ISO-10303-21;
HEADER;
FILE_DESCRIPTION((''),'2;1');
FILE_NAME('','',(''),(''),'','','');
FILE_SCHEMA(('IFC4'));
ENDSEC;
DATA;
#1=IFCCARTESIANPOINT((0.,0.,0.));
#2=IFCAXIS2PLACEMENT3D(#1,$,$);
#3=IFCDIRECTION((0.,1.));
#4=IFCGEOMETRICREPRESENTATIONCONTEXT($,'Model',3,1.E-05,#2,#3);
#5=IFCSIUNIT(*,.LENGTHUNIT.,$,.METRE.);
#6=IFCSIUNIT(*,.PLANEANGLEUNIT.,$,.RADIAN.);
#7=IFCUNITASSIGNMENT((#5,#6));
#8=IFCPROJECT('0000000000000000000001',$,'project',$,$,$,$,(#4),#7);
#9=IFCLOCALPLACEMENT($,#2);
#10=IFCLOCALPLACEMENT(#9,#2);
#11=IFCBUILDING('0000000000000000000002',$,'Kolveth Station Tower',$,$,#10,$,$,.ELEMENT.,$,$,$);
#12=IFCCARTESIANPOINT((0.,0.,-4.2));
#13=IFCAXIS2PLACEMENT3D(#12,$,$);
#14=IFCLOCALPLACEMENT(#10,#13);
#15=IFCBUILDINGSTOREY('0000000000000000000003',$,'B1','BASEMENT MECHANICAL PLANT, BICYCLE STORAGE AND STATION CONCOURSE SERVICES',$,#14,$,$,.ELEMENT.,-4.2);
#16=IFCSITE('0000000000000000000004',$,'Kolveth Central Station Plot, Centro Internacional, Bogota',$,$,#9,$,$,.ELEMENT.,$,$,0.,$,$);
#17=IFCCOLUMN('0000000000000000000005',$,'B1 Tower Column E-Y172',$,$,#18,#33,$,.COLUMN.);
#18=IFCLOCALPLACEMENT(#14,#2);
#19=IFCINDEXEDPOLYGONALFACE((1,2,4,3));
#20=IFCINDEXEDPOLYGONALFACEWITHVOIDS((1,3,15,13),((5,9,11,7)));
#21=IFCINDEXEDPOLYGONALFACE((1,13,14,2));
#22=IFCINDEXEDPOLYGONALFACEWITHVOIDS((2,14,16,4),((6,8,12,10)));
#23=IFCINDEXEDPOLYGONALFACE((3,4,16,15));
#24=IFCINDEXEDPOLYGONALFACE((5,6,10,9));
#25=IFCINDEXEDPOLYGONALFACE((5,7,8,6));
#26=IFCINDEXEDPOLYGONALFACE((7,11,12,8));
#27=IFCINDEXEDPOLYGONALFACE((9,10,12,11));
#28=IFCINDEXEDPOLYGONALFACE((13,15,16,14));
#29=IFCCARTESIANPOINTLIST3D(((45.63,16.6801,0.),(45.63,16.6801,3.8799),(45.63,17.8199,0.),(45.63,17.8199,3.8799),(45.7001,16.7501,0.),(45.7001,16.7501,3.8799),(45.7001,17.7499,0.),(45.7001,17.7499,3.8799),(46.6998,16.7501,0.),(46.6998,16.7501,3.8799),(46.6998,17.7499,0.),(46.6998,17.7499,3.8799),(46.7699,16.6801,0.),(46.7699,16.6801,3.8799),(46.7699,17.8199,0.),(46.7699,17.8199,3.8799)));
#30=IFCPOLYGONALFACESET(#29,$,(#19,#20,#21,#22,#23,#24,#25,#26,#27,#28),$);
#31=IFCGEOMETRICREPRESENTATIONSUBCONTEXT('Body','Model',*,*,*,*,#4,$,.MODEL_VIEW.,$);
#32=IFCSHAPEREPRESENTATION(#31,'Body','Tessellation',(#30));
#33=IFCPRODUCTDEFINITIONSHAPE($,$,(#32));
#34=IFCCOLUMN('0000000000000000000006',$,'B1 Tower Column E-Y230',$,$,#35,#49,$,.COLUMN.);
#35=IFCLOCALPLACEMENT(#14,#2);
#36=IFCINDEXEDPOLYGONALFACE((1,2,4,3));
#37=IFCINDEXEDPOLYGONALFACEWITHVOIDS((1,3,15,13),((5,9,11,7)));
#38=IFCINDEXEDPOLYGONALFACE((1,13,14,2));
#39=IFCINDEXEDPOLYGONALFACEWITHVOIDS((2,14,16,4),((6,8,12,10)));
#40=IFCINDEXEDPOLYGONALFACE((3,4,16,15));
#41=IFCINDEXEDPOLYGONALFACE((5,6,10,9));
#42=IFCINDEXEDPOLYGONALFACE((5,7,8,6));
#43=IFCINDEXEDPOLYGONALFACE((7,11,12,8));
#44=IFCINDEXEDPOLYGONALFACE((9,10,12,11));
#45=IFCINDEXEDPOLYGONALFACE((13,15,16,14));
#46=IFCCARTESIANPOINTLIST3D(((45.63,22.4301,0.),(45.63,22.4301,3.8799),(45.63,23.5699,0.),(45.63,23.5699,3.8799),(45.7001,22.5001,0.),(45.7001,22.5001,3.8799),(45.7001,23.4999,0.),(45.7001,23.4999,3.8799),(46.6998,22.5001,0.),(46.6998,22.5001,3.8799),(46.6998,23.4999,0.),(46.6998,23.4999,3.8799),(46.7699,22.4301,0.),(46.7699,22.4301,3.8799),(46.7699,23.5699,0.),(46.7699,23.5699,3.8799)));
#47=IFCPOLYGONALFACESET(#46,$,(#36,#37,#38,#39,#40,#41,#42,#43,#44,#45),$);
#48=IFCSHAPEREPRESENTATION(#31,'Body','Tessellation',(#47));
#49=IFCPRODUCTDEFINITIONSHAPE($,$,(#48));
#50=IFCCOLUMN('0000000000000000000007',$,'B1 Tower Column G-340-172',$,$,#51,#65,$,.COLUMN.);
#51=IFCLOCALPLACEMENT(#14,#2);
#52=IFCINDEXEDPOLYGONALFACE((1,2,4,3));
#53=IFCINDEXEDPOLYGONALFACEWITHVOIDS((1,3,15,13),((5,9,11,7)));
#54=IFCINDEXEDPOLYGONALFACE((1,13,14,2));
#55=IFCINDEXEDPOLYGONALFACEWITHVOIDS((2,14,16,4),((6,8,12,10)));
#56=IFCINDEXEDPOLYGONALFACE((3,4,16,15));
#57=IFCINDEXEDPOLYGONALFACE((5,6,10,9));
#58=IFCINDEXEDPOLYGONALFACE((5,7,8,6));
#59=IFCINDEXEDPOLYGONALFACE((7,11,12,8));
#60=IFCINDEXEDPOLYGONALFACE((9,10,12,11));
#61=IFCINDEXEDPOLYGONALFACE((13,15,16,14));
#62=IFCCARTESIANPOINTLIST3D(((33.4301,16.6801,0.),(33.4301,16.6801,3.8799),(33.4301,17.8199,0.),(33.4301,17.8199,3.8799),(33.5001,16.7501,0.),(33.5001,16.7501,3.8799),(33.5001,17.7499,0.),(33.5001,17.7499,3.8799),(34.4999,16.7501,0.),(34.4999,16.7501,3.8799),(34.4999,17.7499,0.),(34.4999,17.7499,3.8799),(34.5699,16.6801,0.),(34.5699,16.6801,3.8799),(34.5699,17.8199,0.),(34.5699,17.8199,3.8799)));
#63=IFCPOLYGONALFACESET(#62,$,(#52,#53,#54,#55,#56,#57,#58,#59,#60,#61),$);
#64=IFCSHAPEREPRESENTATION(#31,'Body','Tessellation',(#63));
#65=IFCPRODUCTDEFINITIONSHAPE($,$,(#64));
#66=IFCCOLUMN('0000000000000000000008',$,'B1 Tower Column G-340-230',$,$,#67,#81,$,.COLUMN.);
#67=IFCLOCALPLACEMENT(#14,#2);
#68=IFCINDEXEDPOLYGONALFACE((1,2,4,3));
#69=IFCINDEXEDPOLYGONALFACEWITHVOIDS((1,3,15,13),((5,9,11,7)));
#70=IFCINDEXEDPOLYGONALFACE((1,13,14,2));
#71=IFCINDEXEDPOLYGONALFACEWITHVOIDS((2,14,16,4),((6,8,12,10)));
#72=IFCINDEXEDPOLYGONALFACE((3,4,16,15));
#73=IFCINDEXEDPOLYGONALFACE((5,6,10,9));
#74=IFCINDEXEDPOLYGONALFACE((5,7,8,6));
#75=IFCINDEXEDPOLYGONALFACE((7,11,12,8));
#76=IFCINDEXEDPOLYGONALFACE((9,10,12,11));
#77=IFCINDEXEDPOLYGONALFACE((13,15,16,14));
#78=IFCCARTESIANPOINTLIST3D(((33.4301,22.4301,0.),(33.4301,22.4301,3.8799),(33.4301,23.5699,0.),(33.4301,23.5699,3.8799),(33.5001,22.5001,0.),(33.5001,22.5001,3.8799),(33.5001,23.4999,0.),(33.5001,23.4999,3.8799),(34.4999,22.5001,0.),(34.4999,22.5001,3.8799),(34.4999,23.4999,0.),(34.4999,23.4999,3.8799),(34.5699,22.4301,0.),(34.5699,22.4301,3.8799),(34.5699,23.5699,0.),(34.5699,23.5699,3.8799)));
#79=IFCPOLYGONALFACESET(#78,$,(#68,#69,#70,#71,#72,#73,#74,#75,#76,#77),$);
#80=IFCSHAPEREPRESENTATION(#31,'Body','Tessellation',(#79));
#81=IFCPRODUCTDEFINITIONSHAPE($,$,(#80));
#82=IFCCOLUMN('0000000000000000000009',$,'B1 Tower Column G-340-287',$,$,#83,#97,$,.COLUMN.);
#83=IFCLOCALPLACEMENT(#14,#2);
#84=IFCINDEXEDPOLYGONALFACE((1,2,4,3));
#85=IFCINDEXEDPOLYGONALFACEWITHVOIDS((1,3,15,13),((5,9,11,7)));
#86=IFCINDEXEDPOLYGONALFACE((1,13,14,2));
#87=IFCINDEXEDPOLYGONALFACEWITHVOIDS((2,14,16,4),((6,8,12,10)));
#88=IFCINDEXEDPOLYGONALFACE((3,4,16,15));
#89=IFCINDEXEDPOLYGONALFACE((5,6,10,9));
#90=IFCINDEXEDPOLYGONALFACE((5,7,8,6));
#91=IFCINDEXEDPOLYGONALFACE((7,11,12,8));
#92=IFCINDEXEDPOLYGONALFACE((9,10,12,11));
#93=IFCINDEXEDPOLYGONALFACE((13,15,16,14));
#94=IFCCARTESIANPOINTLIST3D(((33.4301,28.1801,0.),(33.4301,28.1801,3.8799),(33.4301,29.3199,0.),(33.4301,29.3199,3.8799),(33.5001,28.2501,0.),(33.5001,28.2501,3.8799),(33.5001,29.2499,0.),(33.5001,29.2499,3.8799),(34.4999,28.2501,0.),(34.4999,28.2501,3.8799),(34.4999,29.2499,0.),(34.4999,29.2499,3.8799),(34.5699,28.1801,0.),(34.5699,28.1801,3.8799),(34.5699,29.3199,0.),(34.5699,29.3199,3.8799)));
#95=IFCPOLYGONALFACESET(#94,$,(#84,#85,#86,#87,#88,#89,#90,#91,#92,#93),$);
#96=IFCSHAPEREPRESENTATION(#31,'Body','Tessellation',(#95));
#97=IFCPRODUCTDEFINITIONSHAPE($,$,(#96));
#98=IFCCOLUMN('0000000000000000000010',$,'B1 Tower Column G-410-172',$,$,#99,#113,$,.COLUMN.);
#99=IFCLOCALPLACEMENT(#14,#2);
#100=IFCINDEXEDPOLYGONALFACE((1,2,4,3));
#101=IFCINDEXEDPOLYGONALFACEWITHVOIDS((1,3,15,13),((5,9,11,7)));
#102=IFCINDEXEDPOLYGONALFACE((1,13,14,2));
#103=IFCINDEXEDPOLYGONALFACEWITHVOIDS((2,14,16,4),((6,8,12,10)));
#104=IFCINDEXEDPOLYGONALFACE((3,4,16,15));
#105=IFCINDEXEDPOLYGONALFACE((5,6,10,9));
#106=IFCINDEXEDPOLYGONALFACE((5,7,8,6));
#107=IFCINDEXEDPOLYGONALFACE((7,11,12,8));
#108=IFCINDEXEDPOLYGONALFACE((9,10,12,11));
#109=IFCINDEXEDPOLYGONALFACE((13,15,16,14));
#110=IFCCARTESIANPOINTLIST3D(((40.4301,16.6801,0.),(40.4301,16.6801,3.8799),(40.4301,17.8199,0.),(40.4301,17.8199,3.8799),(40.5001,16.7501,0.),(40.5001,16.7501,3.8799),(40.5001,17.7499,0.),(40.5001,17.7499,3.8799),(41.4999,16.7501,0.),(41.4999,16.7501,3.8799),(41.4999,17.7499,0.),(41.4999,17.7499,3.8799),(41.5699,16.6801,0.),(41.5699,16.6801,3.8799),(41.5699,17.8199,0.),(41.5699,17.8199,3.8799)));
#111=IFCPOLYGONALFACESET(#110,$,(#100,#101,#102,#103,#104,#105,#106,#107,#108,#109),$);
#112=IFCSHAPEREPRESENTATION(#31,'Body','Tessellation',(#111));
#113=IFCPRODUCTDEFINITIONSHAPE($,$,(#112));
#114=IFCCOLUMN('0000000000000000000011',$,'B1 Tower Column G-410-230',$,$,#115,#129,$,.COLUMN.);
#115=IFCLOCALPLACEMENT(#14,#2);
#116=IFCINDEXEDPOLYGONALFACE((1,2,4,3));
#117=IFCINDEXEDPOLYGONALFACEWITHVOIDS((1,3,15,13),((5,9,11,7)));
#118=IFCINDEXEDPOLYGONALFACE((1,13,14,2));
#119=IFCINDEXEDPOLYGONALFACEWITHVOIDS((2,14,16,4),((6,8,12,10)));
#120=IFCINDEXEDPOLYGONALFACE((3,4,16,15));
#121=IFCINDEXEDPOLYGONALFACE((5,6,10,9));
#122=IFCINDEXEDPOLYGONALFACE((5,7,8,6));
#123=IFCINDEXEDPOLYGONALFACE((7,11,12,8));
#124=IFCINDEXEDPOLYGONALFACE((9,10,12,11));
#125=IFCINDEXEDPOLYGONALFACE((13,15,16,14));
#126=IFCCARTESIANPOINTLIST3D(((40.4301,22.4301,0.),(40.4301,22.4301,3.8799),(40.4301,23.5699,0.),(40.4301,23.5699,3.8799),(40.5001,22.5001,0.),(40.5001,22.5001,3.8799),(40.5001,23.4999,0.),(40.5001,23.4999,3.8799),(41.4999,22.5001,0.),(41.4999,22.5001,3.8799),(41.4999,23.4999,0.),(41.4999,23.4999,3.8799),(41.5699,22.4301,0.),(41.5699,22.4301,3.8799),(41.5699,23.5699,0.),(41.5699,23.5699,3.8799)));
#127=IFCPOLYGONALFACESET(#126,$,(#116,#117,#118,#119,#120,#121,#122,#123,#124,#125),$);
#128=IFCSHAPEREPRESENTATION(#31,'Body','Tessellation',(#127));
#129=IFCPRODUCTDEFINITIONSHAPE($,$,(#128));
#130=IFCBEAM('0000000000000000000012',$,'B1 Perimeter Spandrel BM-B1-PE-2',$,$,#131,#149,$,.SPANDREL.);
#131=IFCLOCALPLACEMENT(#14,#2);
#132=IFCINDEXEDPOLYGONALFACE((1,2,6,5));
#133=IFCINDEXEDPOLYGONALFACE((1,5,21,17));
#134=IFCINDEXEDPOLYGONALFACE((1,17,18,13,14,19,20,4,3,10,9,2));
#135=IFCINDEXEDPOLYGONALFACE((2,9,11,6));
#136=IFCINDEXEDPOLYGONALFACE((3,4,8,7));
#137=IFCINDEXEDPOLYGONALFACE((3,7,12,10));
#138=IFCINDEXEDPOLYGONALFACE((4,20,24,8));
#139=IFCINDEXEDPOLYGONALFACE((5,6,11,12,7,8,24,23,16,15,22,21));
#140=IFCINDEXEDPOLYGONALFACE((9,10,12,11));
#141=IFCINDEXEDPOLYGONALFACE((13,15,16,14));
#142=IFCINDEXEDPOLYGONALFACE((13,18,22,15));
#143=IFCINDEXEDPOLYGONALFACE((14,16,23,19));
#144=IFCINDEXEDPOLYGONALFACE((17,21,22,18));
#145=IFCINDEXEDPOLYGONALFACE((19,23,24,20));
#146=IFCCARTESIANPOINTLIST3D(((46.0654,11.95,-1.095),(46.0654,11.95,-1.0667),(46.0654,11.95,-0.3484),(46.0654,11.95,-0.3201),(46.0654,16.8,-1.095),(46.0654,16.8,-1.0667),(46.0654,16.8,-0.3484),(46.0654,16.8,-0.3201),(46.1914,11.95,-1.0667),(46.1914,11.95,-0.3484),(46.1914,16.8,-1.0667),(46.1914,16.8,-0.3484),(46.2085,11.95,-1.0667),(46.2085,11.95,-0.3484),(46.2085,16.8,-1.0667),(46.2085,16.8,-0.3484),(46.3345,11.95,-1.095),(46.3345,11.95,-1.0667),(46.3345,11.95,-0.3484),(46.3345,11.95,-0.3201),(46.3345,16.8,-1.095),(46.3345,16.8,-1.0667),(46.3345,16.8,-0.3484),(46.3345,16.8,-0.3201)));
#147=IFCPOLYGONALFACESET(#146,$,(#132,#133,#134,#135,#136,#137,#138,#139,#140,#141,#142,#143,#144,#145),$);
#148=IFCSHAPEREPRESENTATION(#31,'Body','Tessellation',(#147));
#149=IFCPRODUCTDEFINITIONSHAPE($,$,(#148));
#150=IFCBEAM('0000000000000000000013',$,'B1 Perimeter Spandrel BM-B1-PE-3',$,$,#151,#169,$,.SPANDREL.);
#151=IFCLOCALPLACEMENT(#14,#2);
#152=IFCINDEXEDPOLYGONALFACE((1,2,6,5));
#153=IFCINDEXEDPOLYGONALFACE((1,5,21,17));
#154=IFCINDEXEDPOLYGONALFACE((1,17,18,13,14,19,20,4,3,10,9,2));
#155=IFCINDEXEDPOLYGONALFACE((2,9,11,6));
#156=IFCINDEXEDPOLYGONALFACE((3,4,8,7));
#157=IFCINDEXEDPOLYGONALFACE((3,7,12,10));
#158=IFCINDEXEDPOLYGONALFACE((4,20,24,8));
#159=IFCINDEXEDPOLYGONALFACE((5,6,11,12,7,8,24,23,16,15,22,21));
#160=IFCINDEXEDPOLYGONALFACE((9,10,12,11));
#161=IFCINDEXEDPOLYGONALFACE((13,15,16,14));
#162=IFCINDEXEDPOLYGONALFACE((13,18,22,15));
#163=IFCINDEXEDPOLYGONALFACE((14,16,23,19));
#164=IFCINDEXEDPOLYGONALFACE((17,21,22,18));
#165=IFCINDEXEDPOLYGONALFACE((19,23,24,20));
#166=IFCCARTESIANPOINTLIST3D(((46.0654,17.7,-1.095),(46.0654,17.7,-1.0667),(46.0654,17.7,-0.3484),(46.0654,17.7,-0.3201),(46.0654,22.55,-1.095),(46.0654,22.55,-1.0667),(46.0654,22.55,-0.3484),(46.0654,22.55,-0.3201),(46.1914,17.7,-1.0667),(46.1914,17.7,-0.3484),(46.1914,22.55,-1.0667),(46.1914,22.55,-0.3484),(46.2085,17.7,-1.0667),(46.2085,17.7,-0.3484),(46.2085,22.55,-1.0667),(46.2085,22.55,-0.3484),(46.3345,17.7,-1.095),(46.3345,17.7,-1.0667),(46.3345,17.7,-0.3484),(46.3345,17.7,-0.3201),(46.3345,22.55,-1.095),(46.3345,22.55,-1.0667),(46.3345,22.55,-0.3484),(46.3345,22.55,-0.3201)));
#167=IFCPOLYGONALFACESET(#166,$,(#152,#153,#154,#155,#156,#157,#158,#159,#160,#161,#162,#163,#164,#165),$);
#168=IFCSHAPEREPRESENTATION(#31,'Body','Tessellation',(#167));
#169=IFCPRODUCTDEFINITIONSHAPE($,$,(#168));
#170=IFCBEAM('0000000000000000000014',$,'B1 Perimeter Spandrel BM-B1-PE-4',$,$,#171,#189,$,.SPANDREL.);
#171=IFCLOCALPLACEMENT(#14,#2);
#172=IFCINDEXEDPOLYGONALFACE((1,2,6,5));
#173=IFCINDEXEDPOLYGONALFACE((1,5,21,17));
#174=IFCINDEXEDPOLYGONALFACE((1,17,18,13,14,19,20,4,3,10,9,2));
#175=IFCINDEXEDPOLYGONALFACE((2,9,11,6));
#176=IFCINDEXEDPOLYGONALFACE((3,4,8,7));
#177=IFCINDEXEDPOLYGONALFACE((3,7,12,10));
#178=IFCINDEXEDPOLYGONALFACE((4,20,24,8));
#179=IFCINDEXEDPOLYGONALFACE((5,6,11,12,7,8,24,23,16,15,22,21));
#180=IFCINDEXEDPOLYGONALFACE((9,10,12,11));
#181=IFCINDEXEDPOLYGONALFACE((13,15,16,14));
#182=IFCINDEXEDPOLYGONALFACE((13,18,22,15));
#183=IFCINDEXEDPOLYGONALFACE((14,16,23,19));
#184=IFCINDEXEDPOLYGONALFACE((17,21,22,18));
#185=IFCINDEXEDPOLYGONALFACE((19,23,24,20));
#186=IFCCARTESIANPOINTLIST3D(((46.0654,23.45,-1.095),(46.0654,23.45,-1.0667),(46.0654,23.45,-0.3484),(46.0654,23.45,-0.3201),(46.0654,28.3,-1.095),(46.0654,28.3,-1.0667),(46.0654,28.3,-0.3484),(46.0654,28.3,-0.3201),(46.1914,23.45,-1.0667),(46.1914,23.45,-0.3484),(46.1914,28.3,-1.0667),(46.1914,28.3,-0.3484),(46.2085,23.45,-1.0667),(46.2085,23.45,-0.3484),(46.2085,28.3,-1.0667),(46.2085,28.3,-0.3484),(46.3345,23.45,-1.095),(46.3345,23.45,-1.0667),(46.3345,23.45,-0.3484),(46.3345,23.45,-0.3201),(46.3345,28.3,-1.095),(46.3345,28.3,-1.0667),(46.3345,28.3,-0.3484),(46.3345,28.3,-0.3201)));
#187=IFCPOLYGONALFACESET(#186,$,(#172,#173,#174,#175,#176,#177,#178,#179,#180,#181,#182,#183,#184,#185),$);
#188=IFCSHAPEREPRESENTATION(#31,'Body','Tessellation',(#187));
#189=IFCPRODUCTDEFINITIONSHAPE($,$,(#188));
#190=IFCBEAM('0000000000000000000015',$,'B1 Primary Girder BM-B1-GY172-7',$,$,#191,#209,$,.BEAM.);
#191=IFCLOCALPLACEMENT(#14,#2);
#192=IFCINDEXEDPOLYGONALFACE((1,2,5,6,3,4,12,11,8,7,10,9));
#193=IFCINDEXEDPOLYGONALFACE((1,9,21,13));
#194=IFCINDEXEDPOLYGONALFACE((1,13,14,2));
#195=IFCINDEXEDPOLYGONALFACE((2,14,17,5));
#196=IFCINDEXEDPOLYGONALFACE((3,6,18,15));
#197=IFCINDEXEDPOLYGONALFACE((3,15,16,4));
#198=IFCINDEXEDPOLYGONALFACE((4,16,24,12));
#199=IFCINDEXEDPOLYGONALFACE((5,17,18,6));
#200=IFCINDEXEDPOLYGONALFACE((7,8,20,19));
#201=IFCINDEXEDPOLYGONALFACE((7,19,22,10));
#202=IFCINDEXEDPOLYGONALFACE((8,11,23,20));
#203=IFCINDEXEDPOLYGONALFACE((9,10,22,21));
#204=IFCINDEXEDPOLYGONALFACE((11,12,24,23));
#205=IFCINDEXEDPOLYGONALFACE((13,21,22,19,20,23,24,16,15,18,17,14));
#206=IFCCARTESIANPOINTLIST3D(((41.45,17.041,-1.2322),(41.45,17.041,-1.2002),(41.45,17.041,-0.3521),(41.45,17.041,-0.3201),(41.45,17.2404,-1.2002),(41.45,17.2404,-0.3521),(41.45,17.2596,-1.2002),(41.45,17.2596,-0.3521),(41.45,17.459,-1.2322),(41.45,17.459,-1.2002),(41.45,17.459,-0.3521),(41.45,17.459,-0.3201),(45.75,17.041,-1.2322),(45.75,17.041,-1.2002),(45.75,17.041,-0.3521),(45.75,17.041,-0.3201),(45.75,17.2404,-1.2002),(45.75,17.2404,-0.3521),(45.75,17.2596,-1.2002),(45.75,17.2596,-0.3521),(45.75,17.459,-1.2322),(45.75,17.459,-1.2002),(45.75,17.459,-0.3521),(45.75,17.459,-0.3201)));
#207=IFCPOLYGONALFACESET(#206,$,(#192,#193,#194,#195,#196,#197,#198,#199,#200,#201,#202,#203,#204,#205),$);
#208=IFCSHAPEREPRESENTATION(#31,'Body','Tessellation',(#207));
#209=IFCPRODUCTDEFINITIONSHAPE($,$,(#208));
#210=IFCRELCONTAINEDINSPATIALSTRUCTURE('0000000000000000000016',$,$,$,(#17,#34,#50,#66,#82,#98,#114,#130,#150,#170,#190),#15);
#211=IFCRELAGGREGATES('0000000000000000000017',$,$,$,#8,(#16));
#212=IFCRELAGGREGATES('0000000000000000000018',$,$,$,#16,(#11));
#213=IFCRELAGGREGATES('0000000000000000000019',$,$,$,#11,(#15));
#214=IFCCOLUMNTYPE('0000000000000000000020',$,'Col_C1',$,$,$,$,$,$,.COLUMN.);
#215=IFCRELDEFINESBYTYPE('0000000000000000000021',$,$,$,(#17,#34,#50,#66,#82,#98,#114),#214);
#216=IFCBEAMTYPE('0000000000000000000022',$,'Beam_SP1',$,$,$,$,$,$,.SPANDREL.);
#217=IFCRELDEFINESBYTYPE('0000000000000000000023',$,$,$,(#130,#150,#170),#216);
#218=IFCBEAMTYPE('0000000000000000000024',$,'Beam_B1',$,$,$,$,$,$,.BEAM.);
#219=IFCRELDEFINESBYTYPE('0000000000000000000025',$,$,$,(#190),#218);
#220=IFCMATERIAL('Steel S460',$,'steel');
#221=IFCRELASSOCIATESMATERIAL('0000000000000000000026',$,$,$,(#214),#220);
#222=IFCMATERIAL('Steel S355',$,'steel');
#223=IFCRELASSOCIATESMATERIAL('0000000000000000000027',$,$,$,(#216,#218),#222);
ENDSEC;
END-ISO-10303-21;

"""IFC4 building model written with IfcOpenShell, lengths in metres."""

from ifc_helpers import new_model, si_unit, direction, frame, origin, origin_2d, place, context, subcontext, project, spatial, hollow_rectangle, i_section, extrude, source, transform, mapped, material, material_profile, profile_set, type_object, element, save


model = new_model("IFC4")

# Units and contexts
model_context = context("Model", 3, precision=1e-05, world=origin(), true_north=direction((0.0, 1.0)))
body_context = subcontext(model_context, "Body", "Model", "MODEL_VIEW")
ifc_project = project(units=[si_unit("LENGTHUNIT", "METRE"), si_unit("PLANEANGLEUNIT", "RADIAN")], contexts=[model_context])

# Site, building, storey
site_placement = place(None, origin())
site = spatial("IfcSite", under=ifc_project, at=site_placement, Name="Kolveth Central Station Plot, Centro Internacional, Bogota", CompositionType="ELEMENT", RefElevation=0.0)
building_placement = place(site_placement, origin())
building = spatial("IfcBuilding", under=site, at=building_placement, Name="Kolveth Station Tower", CompositionType="ELEMENT")
storey_placement = place(building_placement, frame((0.0, 0.0, -4.2)))
storey = spatial("IfcBuildingStorey", under=building, at=storey_placement, Name="B1", Description="BASEMENT MECHANICAL PLANT, BICYCLE STORAGE AND STATION CONCOURSE SERVICES", CompositionType="ELEMENT", Elevation=-4.2)

# Columns
ifc_material_1 = material(Name="Steel S460", Category="steel")
ifc_material_profile_1 = material_profile(ifc_material_1, hollow_rectangle(XDim=1.1399, YDim=1.1399, WallThickness=0.0701, at=origin_2d()), Name="BOX1140x1140x70")
ifc_profile_set_1 = profile_set([ifc_material_profile_1], Name="Steel S460")
column_type = type_object("IfcColumnType", Name="Col_C1", PredefinedType="COLUMN", material=ifc_profile_set_1)
shared_shape_1 = source(origin(), body_context, "Body", "SweptSolid", [
    extrude(hollow_rectangle(XDim=1.1399, YDim=1.1399, WallThickness=0.0701, at=origin_2d()), origin(), (0.0, 0.0, 1.0), 3.8799),
])
for number, where, z_axis, x_axis, name in (
    (1, (46.2, 17.25, 0.0), (0.0, 0.0, 1.0), (1.0, 0.0, 0.0), "B1 Tower Column E-Y172"),
    (2, (46.2, 23.0, 0.0), (0.0, 0.0, 1.0), (1.0, 0.0, 0.0), "B1 Tower Column E-Y230"),
    (3, (34.0, 17.25, 0.0), (0.0, 0.0, 1.0), (1.0, 0.0, 0.0), "B1 Tower Column G-340-172"),
    (4, (34.0, 23.0, 0.0), (0.0, 0.0, 1.0), (1.0, 0.0, 0.0), "B1 Tower Column G-340-230"),
    (5, (34.0, 28.75, 0.0), (0.0, 0.0, 1.0), (1.0, 0.0, 0.0), "B1 Tower Column G-340-287"),
    (6, (41.0, 17.25, 0.0), (0.0, 0.0, 1.0), (1.0, 0.0, 0.0), "B1 Tower Column G-410-172"),
    (7, (41.0, 23.0, 0.0), (0.0, 0.0, 1.0), (1.0, 0.0, 0.0), "B1 Tower Column G-410-230"),
):
    element("IfcColumn", number, at=place(storey_placement, frame(where, z_axis=z_axis, x_axis=x_axis)), inside=storey, type_object=column_type, Name=name, PredefinedType="COLUMN", context=body_context, shape_type="MappedRepresentation", body=[
        mapped(shared_shape_1, transform((0.0, 0.0, 0.0), x_axis=(1.0, 0.0, 0.0), y_axis=(0.0, 1.0, 0.0), z_axis=(0.0, 0.0, 1.0), scale=1.0)),
    ])

# Beams
ifc_material_2 = material(Name="Steel S355", Category="steel")
ifc_material_profile_2 = material_profile(ifc_material_2, i_section(OverallWidth=0.269, OverallDepth=0.7749, WebThickness=0.0171, FlangeThickness=0.0283, at=origin_2d()), Name="W760x220")
ifc_profile_set_2 = profile_set([ifc_material_profile_2], Name="Steel S355")
beam_type_1 = type_object("IfcBeamType", Name="Beam_SP1", PredefinedType="SPANDREL", material=ifc_profile_set_2)
shared_shape_2 = source(origin(), body_context, "Body", "SweptSolid", [
    extrude(i_section(OverallWidth=0.269, OverallDepth=0.7749, WebThickness=0.0171, FlangeThickness=0.0283, at=origin_2d()), origin(), (0.0, 0.0, 1.0), 4.8501),
])
for number, where, z_axis, x_axis, name in (
    (8, (46.2, 11.95, -0.7075), (0.0, 1.0, 0.0), (-1.0, 0.0, 0.0), "B1 Perimeter Spandrel BM-B1-PE-2"),
    (9, (46.2, 17.7, -0.7075), (0.0, 1.0, 0.0), (-1.0, 0.0, 0.0), "B1 Perimeter Spandrel BM-B1-PE-3"),
    (10, (46.2, 23.45, -0.7075), (0.0, 1.0, 0.0), (-1.0, 0.0, 0.0), "B1 Perimeter Spandrel BM-B1-PE-4"),
):
    element("IfcBeam", number, at=place(storey_placement, frame(where, z_axis=z_axis, x_axis=x_axis)), inside=storey, type_object=beam_type_1, Name=name, PredefinedType="SPANDREL", context=body_context, shape_type="MappedRepresentation", body=[
        mapped(shared_shape_2, transform((0.0, 0.0, 0.0), x_axis=(1.0, 0.0, 0.0), y_axis=(0.0, 1.0, 0.0), z_axis=(0.0, 0.0, 1.0), scale=1.0)),
    ])
ifc_material_profile_3 = material_profile(ifc_material_2, i_section(OverallWidth=0.418, OverallDepth=0.9121, WebThickness=0.0193, FlangeThickness=0.032, at=origin_2d()), Name="W920x342")
ifc_profile_set_3 = profile_set([ifc_material_profile_3], Name="Steel S355")
beam_type_2 = type_object("IfcBeamType", Name="Beam_B1", PredefinedType="BEAM", material=ifc_profile_set_3)
shared_shape_3 = source(origin(), body_context, "Body", "SweptSolid", [
    extrude(i_section(OverallWidth=0.418, OverallDepth=0.9121, WebThickness=0.0193, FlangeThickness=0.032, at=origin_2d()), origin(), (0.0, 0.0, 1.0), 4.3),
])
for number, where, z_axis, x_axis, name in (
    (11, (41.45, 17.25, -0.7761), (1.0, 0.0, 0.0), (0.0, 1.0, 0.0), "B1 Primary Girder BM-B1-GY172-7"),
):
    element("IfcBeam", number, at=place(storey_placement, frame(where, z_axis=z_axis, x_axis=x_axis)), inside=storey, type_object=beam_type_2, Name=name, PredefinedType="BEAM", context=body_context, shape_type="MappedRepresentation", body=[
        mapped(shared_shape_3, transform((0.0, 0.0, 0.0), x_axis=(1.0, 0.0, 0.0), y_axis=(0.0, 1.0, 0.0), z_axis=(0.0, 0.0, 1.0), scale=1.0)),
    ])

save(model, "model.ifc")
